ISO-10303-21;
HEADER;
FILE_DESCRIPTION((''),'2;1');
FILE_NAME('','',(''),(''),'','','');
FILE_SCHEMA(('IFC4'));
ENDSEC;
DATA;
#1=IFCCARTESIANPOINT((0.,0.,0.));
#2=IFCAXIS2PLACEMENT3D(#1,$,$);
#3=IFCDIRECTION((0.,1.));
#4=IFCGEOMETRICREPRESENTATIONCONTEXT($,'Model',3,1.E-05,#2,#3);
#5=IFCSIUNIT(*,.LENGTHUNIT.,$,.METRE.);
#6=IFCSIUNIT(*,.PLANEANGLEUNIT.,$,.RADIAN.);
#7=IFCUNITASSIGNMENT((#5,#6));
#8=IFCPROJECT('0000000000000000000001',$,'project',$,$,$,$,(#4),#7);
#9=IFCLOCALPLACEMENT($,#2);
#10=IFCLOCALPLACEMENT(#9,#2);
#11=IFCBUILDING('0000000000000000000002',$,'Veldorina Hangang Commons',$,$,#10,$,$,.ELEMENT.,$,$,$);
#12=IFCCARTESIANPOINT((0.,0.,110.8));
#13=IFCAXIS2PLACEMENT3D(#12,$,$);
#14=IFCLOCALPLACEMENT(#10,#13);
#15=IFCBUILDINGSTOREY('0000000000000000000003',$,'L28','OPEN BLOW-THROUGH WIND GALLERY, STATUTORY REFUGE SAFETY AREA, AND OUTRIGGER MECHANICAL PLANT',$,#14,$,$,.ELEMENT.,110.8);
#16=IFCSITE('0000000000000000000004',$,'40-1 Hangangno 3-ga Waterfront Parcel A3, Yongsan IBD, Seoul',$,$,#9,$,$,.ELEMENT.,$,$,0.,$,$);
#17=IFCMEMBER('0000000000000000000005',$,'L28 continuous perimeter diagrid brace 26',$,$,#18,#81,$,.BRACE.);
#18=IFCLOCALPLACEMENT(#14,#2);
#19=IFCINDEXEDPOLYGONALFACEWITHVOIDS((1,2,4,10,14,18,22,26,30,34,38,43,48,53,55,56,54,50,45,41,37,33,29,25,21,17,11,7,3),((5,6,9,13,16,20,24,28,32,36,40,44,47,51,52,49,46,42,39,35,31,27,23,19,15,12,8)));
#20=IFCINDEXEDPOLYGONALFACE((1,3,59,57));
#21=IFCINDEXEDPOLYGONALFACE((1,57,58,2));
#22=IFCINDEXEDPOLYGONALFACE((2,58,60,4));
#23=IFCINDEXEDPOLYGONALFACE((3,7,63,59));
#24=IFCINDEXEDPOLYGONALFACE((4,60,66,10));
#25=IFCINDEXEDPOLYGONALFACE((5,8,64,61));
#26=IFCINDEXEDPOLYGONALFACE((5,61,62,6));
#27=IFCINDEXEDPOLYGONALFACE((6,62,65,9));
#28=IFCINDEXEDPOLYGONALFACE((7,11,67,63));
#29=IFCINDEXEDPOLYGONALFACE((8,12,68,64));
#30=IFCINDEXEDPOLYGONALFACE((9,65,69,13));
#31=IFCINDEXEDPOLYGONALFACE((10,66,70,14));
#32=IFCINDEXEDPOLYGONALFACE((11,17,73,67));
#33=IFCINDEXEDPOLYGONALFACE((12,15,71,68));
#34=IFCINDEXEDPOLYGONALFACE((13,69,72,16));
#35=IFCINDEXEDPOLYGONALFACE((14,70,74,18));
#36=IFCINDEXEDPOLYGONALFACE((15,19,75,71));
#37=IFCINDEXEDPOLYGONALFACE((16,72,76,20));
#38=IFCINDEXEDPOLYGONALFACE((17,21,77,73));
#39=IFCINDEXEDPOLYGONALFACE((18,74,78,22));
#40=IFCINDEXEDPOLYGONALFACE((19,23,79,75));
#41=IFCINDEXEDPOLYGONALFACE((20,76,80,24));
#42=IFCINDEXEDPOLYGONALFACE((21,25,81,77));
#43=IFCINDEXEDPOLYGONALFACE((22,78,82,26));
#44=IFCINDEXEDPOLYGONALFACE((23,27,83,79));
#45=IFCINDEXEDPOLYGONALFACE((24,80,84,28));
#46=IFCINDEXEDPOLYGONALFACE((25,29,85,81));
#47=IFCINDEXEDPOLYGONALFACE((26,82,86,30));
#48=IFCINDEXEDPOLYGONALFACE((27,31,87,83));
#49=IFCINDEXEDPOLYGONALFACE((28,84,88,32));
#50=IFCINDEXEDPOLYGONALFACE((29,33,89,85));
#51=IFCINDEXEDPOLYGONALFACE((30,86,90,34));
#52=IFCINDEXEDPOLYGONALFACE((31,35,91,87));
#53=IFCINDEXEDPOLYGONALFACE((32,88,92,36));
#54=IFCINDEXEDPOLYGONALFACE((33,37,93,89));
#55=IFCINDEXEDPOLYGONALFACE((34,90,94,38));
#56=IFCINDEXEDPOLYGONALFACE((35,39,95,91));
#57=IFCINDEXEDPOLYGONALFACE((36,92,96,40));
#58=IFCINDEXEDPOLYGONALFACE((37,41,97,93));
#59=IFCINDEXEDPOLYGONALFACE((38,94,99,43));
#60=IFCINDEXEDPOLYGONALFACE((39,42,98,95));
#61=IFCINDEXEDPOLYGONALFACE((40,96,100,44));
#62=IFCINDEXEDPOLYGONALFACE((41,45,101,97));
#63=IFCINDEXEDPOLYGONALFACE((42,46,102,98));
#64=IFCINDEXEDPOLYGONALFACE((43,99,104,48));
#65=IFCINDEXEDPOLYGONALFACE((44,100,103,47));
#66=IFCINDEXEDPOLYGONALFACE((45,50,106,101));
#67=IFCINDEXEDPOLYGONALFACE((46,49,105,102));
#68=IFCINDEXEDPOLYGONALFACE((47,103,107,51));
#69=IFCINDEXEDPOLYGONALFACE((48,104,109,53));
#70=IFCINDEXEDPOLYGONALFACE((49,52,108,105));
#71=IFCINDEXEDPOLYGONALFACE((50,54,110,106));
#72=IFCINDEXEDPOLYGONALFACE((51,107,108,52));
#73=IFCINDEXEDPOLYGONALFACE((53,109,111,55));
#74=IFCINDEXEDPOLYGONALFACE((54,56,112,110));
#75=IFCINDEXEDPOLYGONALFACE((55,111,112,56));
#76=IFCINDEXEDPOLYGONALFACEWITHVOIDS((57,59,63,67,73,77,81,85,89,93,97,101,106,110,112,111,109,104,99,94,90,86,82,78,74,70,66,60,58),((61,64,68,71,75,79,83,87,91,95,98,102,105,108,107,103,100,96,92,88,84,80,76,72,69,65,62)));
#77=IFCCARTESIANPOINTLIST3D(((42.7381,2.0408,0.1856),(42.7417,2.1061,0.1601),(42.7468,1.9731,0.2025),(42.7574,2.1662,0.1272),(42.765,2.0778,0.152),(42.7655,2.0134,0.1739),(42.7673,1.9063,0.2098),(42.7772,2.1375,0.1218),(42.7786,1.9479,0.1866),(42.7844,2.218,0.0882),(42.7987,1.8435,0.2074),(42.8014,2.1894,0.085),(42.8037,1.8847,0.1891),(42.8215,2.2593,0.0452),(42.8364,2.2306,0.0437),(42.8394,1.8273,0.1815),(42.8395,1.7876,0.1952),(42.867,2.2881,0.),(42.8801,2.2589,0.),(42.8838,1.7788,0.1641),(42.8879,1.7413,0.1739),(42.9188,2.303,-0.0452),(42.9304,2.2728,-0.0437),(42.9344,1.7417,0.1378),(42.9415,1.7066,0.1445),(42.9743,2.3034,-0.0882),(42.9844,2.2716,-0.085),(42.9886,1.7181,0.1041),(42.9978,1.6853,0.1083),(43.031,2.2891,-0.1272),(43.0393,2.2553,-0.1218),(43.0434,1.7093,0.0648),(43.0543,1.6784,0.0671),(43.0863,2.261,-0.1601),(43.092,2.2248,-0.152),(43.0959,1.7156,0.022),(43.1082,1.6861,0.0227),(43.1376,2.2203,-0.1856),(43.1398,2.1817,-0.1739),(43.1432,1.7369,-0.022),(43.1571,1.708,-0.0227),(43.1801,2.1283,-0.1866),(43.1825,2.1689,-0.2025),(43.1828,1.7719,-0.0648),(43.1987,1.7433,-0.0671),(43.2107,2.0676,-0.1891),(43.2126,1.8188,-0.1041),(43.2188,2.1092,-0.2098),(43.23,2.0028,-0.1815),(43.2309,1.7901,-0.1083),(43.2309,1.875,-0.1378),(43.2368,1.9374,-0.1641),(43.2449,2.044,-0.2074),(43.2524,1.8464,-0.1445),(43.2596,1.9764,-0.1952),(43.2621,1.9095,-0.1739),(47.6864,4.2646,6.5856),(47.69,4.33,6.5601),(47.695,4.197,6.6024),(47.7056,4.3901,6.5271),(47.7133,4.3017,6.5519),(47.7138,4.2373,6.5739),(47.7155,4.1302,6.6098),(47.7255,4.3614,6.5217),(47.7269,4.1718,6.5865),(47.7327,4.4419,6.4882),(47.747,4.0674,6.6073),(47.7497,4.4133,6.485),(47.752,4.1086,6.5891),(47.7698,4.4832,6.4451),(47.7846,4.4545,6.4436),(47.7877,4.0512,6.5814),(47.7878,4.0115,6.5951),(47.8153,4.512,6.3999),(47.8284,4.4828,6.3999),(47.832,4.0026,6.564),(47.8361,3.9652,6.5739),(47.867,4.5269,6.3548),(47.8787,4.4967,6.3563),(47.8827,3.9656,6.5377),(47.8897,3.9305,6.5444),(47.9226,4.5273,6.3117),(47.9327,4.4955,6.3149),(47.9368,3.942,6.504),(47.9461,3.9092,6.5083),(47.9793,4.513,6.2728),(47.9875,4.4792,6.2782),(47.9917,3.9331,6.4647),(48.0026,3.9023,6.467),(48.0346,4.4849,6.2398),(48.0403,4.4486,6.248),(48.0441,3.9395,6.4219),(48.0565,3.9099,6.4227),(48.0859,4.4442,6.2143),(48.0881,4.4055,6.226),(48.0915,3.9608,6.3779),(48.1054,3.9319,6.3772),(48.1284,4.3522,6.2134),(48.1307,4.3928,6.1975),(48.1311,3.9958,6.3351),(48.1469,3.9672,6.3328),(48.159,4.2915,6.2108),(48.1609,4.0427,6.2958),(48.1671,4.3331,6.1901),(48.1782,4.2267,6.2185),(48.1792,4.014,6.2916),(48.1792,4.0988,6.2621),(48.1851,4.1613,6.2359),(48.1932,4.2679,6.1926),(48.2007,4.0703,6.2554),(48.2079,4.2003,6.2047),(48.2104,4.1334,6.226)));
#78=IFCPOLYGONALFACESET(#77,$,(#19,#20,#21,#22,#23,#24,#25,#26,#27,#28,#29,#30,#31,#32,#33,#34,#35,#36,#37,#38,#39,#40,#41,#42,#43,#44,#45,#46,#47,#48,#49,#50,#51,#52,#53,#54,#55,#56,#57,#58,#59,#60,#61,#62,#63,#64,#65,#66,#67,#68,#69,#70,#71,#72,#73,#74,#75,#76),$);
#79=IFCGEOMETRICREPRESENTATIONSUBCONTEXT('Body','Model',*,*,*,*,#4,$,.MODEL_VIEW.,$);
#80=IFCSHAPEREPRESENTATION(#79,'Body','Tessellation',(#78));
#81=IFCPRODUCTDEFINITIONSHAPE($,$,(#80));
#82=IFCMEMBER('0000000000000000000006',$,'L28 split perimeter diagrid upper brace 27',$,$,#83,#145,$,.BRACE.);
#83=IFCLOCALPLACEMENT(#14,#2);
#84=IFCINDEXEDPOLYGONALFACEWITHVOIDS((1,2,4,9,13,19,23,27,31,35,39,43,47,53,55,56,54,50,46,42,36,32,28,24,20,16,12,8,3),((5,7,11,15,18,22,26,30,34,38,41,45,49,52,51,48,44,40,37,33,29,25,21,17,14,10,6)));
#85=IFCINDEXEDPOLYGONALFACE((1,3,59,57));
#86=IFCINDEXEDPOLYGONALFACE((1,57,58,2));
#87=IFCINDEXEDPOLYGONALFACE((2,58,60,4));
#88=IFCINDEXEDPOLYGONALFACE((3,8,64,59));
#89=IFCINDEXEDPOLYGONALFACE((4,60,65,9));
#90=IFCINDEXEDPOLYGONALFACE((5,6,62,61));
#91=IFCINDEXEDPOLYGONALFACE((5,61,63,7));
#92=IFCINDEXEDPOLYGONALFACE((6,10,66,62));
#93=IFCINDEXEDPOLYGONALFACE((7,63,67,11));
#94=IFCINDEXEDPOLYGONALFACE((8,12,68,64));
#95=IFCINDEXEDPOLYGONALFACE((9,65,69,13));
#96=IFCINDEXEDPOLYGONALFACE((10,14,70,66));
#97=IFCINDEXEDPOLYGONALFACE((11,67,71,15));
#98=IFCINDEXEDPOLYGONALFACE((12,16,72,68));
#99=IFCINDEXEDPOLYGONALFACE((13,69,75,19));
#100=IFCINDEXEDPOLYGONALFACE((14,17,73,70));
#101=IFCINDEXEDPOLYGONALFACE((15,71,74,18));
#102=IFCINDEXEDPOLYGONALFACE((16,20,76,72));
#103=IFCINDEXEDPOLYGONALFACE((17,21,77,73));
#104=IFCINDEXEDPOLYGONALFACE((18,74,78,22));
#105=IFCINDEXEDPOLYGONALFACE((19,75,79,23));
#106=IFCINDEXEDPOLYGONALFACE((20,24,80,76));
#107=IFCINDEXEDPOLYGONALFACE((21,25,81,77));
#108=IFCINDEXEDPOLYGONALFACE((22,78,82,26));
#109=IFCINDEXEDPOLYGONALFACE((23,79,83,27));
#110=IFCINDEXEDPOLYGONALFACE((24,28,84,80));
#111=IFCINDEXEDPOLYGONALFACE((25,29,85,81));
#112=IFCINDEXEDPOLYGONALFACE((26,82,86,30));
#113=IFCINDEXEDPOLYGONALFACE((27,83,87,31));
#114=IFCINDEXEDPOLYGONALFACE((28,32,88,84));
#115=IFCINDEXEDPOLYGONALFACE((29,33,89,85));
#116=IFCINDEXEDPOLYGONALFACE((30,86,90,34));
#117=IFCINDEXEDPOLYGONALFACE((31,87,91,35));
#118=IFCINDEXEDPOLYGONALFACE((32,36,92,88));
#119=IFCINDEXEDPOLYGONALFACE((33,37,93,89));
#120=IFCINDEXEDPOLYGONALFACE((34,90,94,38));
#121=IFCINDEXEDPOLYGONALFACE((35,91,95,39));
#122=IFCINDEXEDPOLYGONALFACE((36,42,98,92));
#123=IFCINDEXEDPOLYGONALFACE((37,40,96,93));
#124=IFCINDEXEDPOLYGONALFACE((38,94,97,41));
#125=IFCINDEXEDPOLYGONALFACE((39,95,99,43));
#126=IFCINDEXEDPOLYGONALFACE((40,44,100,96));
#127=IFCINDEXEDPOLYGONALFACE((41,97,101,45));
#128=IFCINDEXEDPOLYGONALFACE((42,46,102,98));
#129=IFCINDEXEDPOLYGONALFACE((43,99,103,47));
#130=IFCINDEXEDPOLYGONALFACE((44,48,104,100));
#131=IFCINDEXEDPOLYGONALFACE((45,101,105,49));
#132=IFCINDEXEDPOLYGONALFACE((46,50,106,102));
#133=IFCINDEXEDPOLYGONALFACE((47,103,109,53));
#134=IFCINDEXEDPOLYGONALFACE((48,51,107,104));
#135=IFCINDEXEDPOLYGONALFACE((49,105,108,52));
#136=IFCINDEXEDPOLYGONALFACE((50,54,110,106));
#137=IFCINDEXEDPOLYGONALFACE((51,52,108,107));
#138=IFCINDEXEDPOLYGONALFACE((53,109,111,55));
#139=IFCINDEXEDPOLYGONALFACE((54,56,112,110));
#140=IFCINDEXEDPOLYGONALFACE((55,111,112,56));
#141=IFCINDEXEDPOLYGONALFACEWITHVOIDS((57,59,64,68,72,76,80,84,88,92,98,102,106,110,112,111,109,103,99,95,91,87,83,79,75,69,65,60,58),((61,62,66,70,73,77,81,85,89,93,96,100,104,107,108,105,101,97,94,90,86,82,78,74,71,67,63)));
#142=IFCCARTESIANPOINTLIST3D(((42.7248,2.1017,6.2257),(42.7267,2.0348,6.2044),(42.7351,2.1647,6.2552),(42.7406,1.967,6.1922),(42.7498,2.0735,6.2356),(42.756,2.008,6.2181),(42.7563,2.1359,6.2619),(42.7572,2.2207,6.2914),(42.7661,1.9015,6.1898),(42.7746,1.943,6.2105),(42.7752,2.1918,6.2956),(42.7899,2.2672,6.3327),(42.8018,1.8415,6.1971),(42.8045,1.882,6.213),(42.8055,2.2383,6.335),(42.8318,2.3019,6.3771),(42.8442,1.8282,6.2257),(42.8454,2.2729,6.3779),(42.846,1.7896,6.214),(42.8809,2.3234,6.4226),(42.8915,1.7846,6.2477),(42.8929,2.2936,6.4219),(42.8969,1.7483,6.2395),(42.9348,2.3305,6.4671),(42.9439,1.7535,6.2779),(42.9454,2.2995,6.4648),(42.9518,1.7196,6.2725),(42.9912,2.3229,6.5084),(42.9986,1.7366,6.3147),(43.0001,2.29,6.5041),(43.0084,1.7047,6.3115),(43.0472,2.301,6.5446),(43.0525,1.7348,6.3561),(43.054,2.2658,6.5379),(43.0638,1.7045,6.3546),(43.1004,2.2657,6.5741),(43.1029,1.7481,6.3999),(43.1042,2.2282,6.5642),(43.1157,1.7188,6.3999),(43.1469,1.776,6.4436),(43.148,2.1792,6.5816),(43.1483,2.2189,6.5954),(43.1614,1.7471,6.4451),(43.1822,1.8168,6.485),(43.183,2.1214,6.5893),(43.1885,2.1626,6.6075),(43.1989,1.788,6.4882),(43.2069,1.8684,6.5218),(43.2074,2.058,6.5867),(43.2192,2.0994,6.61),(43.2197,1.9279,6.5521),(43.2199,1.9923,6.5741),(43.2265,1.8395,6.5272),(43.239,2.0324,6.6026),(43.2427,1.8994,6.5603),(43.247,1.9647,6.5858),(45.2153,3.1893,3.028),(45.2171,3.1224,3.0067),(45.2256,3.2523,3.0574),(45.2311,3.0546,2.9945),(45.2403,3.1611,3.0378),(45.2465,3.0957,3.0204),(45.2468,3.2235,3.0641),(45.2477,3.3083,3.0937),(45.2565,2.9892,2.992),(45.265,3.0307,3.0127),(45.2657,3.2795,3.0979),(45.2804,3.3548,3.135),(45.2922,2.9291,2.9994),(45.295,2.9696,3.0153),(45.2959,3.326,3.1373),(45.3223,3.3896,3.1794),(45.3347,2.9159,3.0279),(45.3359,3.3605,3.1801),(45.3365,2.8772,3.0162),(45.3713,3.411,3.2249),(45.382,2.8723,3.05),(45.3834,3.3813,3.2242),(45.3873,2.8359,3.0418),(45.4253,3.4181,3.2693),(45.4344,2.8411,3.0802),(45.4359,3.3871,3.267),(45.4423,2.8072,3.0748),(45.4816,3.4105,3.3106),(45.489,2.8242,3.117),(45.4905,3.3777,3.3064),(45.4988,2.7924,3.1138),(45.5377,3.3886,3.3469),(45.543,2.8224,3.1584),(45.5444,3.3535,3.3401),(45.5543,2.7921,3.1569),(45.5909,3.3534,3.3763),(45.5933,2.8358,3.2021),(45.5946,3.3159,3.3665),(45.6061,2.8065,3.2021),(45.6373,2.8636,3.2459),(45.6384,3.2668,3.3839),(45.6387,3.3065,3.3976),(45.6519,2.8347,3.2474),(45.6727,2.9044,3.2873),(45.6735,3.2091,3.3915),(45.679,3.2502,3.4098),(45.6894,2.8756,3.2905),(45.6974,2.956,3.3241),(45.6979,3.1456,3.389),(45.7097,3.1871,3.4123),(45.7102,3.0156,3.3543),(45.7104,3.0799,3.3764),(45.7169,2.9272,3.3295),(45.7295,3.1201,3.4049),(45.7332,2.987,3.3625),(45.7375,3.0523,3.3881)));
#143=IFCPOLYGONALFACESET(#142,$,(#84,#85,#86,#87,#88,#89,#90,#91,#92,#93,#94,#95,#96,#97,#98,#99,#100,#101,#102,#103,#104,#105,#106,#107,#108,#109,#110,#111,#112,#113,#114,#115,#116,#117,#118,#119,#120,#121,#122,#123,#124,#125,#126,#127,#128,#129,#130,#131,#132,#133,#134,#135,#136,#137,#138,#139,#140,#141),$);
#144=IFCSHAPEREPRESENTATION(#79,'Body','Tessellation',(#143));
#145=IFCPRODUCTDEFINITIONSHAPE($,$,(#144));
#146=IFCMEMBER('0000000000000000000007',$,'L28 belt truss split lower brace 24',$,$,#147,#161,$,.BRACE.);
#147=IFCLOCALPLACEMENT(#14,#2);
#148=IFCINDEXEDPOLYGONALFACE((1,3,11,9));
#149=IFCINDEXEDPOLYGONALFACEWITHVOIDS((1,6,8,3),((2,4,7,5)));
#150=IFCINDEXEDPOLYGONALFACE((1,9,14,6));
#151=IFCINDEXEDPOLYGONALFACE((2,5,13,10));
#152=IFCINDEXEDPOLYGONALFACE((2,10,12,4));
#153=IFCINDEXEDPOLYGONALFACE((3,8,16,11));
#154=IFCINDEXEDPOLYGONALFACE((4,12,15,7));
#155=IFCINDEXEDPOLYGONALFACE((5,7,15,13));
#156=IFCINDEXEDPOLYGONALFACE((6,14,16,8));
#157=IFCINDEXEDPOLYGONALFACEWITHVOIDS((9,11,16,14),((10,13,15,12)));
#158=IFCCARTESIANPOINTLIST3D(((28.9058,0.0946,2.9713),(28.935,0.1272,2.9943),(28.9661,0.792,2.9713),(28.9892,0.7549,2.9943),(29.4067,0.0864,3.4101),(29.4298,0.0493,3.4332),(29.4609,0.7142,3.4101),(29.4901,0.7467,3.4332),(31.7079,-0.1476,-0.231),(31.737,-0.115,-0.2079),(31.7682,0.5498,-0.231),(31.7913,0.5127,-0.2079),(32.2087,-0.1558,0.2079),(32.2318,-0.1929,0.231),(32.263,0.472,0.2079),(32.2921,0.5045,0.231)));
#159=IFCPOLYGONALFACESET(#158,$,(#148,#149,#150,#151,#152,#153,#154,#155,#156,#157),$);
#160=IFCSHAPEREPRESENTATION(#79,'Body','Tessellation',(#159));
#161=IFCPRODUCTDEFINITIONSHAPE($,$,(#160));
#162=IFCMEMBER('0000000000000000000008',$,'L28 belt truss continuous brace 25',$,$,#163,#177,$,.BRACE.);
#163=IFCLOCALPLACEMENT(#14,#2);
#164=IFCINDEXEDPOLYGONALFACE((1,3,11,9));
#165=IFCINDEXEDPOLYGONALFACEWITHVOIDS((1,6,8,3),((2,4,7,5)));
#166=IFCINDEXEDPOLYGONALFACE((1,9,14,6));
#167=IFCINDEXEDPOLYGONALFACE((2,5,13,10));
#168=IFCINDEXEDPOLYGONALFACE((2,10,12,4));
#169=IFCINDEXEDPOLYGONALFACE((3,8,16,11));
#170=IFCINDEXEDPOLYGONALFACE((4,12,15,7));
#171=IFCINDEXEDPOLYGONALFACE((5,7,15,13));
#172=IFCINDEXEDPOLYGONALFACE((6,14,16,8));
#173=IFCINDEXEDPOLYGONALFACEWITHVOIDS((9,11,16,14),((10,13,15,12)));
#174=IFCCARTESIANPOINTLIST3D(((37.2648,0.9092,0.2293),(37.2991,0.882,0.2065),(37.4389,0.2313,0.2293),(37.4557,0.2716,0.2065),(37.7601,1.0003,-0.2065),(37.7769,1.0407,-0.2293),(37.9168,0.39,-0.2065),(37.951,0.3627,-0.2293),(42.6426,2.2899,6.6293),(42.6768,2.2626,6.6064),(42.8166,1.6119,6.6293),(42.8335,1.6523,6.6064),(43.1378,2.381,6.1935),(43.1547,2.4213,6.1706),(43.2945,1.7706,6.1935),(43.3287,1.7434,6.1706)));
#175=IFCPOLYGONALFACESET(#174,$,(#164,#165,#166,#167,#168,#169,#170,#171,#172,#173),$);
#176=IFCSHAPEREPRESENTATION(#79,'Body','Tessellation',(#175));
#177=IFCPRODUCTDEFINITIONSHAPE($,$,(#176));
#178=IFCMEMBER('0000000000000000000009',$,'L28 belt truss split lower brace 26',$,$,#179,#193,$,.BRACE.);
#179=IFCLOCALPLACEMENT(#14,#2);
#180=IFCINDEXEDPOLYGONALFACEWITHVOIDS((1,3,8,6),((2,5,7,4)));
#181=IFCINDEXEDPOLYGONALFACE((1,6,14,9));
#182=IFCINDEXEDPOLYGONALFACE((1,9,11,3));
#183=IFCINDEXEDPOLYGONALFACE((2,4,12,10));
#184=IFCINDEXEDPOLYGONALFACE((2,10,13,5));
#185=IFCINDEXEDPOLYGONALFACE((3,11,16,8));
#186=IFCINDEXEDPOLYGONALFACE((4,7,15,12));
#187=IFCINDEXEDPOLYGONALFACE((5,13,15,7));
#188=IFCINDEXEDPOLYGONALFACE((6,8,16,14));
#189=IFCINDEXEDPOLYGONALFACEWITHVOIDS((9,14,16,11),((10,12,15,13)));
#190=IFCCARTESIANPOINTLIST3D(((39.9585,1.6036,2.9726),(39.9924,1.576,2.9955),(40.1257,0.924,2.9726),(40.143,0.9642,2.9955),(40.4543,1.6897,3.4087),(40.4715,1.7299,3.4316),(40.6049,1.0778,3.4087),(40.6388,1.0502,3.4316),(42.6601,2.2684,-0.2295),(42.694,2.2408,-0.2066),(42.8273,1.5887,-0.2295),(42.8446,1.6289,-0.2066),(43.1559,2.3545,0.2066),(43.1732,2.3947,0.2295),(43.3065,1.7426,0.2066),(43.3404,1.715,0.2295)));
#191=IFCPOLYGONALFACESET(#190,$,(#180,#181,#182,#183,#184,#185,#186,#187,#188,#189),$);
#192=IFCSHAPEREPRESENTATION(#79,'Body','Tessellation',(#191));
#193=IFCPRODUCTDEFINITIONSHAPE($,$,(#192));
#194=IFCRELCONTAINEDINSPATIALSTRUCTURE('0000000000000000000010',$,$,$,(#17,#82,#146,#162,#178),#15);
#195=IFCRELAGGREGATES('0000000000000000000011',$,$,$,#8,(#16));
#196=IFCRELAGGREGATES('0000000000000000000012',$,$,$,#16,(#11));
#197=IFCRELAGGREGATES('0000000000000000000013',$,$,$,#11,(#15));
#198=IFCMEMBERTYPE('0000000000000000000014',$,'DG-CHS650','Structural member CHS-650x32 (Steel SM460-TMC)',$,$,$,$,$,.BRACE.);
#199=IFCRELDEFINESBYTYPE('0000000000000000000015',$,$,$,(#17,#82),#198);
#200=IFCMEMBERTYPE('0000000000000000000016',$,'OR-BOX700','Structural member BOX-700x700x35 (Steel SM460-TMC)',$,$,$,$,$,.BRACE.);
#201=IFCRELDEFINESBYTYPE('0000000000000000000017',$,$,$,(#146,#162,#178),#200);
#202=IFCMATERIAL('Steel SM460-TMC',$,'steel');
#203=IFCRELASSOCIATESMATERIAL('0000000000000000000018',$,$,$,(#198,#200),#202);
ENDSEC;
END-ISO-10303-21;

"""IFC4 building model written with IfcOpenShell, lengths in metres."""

from ifc_helpers import new_model, si_unit, direction, frame, origin, origin_2d, place, context, subcontext, project, spatial, hollow_rectangle, hollow_circle, extrude, material, material_profile, profile_set, type_object, element, save


model = new_model("IFC4")

# Units and contexts
model_context = context("Model", 3, precision=1e-05, world=origin(), true_north=direction((0.0, 1.0)))
body_context = subcontext(model_context, "Body", "Model", "MODEL_VIEW")
ifc_project = project(units=[si_unit("LENGTHUNIT", "METRE"), si_unit("PLANEANGLEUNIT", "RADIAN")], contexts=[model_context])

# Site, building, storey
site_placement = place(None, origin())
site = spatial("IfcSite", under=ifc_project, at=site_placement, Name="40-1 Hangangno 3-ga Waterfront Parcel A3, Yongsan IBD, Seoul", CompositionType="ELEMENT", RefElevation=0.0)
building_placement = place(site_placement, origin())
building = spatial("IfcBuilding", under=site, at=building_placement, Name="Veldorina Hangang Commons", CompositionType="ELEMENT")
storey_placement = place(building_placement, frame((0.0, 0.0, 110.8)))
storey = spatial("IfcBuildingStorey", under=building, at=storey_placement, Name="L28", Description="OPEN BLOW-THROUGH WIND GALLERY, STATUTORY REFUGE SAFETY AREA, AND OUTRIGGER MECHANICAL PLANT", CompositionType="ELEMENT", Elevation=110.8)

# Shared definitions
ifc_material_1 = material(Name="Steel SM460-TMC", Category="steel")

# Members
ifc_material_profile_1 = material_profile(ifc_material_1, hollow_circle(Radius=0.325, WallThickness=0.032, at=origin_2d()), Name="CHS-650x32")
ifc_profile_set_1 = profile_set([ifc_material_profile_1], Name="Steel SM460-TMC")
member_type_1 = type_object("IfcMemberType", Name="DG-CHS650", Description="Structural member CHS-650x32 (Steel SM460-TMC)", PredefinedType="BRACE", material=ifc_profile_set_1)
member_1_placement = place(storey_placement, frame((43.0002, 1.9917, 0.0), z_axis=(0.58979, 0.265068, 0.762815), x_axis=(-0.409931, 0.912117, 0.0)))
element("IfcMember", 1, at=member_1_placement, inside=storey, type_object=member_type_1, Name="L28 continuous perimeter diagrid brace 26", PredefinedType="BRACE", context=body_context, shape_type="SweptSolid", body=[
    extrude(hollow_circle(Radius=0.325, WallThickness=0.032, at=origin_2d()), origin(), (0.0, 0.0, 1.0), 8.3899),
])
member_2_placement = place(storey_placement, frame((45.4761, 3.1042, 3.2021), z_axis=(-0.593458, -0.259176, 0.761995), x_axis=(0.40022, -0.916419, 0.0)))
element("IfcMember", 2, at=member_2_placement, inside=storey, type_object=member_type_1, Name="L28 split perimeter diagrid upper brace 27", PredefinedType="BRACE", context=body_context, shape_type="SweptSolid", body=[
    extrude(hollow_circle(Radius=0.325, WallThickness=0.032, at=origin_2d()), origin(), (0.0, 0.0, 1.0), 4.1965),
])
ifc_material_profile_2 = material_profile(ifc_material_1, hollow_rectangle(XDim=0.7, YDim=0.7, WallThickness=0.0349, at=origin_2d()), Name="BOX-700x700x35")
ifc_profile_set_2 = profile_set([ifc_material_profile_2], Name="Steel SM460-TMC")
member_type_2 = type_object("IfcMemberType", Name="OR-BOX700", Description="Structural member BOX-700x700x35 (Steel SM460-TMC)", PredefinedType="BRACE", material=ifc_profile_set_2)
member_3_placement = place(storey_placement, frame((32.0, 0.1785, 0.0), z_axis=(-0.657457, 0.056826, 0.751346), x_axis=(-0.086113, -0.996285, 0.0)))
element("IfcMember", 3, at=member_3_placement, inside=storey, type_object=member_type_2, Name="L28 belt truss split lower brace 24", PredefinedType="BRACE", context=body_context, shape_type="SweptSolid", body=[
    extrude(hollow_rectangle(XDim=0.7, YDim=0.7, WallThickness=0.0349, at=origin_2d()), origin(), (0.0, 0.0, 1.0), 4.262),
])
member_4_placement = place(storey_placement, frame((37.6079, 0.636, 0.0), z_axis=(0.634718, 0.162951, 0.755368), x_axis=(-0.248666, 0.968589, 0.0)))
element("IfcMember", 4, at=member_4_placement, inside=storey, type_object=member_type_2, Name="L28 belt truss continuous brace 25", PredefinedType="BRACE", context=body_context, shape_type="SweptSolid", body=[
    extrude(hollow_rectangle(XDim=0.7, YDim=0.7, WallThickness=0.0349, at=origin_2d()), origin(), (0.0, 0.0, 1.0), 8.4727),
])
member_5_placement = place(storey_placement, frame((43.0002, 1.9917, 0.0), z_axis=(-0.636882, -0.156717, 0.754865), x_axis=(0.238941, -0.971034, 0.0)))
element("IfcMember", 5, at=member_5_placement, inside=storey, type_object=member_type_2, Name="L28 belt truss split lower brace 26", PredefinedType="BRACE", context=body_context, shape_type="SweptSolid", body=[
    extrude(hollow_rectangle(XDim=0.7, YDim=0.7, WallThickness=0.0349, at=origin_2d()), origin(), (0.0, 0.0, 1.0), 4.2419),
])

save(model, "model.ifc")
